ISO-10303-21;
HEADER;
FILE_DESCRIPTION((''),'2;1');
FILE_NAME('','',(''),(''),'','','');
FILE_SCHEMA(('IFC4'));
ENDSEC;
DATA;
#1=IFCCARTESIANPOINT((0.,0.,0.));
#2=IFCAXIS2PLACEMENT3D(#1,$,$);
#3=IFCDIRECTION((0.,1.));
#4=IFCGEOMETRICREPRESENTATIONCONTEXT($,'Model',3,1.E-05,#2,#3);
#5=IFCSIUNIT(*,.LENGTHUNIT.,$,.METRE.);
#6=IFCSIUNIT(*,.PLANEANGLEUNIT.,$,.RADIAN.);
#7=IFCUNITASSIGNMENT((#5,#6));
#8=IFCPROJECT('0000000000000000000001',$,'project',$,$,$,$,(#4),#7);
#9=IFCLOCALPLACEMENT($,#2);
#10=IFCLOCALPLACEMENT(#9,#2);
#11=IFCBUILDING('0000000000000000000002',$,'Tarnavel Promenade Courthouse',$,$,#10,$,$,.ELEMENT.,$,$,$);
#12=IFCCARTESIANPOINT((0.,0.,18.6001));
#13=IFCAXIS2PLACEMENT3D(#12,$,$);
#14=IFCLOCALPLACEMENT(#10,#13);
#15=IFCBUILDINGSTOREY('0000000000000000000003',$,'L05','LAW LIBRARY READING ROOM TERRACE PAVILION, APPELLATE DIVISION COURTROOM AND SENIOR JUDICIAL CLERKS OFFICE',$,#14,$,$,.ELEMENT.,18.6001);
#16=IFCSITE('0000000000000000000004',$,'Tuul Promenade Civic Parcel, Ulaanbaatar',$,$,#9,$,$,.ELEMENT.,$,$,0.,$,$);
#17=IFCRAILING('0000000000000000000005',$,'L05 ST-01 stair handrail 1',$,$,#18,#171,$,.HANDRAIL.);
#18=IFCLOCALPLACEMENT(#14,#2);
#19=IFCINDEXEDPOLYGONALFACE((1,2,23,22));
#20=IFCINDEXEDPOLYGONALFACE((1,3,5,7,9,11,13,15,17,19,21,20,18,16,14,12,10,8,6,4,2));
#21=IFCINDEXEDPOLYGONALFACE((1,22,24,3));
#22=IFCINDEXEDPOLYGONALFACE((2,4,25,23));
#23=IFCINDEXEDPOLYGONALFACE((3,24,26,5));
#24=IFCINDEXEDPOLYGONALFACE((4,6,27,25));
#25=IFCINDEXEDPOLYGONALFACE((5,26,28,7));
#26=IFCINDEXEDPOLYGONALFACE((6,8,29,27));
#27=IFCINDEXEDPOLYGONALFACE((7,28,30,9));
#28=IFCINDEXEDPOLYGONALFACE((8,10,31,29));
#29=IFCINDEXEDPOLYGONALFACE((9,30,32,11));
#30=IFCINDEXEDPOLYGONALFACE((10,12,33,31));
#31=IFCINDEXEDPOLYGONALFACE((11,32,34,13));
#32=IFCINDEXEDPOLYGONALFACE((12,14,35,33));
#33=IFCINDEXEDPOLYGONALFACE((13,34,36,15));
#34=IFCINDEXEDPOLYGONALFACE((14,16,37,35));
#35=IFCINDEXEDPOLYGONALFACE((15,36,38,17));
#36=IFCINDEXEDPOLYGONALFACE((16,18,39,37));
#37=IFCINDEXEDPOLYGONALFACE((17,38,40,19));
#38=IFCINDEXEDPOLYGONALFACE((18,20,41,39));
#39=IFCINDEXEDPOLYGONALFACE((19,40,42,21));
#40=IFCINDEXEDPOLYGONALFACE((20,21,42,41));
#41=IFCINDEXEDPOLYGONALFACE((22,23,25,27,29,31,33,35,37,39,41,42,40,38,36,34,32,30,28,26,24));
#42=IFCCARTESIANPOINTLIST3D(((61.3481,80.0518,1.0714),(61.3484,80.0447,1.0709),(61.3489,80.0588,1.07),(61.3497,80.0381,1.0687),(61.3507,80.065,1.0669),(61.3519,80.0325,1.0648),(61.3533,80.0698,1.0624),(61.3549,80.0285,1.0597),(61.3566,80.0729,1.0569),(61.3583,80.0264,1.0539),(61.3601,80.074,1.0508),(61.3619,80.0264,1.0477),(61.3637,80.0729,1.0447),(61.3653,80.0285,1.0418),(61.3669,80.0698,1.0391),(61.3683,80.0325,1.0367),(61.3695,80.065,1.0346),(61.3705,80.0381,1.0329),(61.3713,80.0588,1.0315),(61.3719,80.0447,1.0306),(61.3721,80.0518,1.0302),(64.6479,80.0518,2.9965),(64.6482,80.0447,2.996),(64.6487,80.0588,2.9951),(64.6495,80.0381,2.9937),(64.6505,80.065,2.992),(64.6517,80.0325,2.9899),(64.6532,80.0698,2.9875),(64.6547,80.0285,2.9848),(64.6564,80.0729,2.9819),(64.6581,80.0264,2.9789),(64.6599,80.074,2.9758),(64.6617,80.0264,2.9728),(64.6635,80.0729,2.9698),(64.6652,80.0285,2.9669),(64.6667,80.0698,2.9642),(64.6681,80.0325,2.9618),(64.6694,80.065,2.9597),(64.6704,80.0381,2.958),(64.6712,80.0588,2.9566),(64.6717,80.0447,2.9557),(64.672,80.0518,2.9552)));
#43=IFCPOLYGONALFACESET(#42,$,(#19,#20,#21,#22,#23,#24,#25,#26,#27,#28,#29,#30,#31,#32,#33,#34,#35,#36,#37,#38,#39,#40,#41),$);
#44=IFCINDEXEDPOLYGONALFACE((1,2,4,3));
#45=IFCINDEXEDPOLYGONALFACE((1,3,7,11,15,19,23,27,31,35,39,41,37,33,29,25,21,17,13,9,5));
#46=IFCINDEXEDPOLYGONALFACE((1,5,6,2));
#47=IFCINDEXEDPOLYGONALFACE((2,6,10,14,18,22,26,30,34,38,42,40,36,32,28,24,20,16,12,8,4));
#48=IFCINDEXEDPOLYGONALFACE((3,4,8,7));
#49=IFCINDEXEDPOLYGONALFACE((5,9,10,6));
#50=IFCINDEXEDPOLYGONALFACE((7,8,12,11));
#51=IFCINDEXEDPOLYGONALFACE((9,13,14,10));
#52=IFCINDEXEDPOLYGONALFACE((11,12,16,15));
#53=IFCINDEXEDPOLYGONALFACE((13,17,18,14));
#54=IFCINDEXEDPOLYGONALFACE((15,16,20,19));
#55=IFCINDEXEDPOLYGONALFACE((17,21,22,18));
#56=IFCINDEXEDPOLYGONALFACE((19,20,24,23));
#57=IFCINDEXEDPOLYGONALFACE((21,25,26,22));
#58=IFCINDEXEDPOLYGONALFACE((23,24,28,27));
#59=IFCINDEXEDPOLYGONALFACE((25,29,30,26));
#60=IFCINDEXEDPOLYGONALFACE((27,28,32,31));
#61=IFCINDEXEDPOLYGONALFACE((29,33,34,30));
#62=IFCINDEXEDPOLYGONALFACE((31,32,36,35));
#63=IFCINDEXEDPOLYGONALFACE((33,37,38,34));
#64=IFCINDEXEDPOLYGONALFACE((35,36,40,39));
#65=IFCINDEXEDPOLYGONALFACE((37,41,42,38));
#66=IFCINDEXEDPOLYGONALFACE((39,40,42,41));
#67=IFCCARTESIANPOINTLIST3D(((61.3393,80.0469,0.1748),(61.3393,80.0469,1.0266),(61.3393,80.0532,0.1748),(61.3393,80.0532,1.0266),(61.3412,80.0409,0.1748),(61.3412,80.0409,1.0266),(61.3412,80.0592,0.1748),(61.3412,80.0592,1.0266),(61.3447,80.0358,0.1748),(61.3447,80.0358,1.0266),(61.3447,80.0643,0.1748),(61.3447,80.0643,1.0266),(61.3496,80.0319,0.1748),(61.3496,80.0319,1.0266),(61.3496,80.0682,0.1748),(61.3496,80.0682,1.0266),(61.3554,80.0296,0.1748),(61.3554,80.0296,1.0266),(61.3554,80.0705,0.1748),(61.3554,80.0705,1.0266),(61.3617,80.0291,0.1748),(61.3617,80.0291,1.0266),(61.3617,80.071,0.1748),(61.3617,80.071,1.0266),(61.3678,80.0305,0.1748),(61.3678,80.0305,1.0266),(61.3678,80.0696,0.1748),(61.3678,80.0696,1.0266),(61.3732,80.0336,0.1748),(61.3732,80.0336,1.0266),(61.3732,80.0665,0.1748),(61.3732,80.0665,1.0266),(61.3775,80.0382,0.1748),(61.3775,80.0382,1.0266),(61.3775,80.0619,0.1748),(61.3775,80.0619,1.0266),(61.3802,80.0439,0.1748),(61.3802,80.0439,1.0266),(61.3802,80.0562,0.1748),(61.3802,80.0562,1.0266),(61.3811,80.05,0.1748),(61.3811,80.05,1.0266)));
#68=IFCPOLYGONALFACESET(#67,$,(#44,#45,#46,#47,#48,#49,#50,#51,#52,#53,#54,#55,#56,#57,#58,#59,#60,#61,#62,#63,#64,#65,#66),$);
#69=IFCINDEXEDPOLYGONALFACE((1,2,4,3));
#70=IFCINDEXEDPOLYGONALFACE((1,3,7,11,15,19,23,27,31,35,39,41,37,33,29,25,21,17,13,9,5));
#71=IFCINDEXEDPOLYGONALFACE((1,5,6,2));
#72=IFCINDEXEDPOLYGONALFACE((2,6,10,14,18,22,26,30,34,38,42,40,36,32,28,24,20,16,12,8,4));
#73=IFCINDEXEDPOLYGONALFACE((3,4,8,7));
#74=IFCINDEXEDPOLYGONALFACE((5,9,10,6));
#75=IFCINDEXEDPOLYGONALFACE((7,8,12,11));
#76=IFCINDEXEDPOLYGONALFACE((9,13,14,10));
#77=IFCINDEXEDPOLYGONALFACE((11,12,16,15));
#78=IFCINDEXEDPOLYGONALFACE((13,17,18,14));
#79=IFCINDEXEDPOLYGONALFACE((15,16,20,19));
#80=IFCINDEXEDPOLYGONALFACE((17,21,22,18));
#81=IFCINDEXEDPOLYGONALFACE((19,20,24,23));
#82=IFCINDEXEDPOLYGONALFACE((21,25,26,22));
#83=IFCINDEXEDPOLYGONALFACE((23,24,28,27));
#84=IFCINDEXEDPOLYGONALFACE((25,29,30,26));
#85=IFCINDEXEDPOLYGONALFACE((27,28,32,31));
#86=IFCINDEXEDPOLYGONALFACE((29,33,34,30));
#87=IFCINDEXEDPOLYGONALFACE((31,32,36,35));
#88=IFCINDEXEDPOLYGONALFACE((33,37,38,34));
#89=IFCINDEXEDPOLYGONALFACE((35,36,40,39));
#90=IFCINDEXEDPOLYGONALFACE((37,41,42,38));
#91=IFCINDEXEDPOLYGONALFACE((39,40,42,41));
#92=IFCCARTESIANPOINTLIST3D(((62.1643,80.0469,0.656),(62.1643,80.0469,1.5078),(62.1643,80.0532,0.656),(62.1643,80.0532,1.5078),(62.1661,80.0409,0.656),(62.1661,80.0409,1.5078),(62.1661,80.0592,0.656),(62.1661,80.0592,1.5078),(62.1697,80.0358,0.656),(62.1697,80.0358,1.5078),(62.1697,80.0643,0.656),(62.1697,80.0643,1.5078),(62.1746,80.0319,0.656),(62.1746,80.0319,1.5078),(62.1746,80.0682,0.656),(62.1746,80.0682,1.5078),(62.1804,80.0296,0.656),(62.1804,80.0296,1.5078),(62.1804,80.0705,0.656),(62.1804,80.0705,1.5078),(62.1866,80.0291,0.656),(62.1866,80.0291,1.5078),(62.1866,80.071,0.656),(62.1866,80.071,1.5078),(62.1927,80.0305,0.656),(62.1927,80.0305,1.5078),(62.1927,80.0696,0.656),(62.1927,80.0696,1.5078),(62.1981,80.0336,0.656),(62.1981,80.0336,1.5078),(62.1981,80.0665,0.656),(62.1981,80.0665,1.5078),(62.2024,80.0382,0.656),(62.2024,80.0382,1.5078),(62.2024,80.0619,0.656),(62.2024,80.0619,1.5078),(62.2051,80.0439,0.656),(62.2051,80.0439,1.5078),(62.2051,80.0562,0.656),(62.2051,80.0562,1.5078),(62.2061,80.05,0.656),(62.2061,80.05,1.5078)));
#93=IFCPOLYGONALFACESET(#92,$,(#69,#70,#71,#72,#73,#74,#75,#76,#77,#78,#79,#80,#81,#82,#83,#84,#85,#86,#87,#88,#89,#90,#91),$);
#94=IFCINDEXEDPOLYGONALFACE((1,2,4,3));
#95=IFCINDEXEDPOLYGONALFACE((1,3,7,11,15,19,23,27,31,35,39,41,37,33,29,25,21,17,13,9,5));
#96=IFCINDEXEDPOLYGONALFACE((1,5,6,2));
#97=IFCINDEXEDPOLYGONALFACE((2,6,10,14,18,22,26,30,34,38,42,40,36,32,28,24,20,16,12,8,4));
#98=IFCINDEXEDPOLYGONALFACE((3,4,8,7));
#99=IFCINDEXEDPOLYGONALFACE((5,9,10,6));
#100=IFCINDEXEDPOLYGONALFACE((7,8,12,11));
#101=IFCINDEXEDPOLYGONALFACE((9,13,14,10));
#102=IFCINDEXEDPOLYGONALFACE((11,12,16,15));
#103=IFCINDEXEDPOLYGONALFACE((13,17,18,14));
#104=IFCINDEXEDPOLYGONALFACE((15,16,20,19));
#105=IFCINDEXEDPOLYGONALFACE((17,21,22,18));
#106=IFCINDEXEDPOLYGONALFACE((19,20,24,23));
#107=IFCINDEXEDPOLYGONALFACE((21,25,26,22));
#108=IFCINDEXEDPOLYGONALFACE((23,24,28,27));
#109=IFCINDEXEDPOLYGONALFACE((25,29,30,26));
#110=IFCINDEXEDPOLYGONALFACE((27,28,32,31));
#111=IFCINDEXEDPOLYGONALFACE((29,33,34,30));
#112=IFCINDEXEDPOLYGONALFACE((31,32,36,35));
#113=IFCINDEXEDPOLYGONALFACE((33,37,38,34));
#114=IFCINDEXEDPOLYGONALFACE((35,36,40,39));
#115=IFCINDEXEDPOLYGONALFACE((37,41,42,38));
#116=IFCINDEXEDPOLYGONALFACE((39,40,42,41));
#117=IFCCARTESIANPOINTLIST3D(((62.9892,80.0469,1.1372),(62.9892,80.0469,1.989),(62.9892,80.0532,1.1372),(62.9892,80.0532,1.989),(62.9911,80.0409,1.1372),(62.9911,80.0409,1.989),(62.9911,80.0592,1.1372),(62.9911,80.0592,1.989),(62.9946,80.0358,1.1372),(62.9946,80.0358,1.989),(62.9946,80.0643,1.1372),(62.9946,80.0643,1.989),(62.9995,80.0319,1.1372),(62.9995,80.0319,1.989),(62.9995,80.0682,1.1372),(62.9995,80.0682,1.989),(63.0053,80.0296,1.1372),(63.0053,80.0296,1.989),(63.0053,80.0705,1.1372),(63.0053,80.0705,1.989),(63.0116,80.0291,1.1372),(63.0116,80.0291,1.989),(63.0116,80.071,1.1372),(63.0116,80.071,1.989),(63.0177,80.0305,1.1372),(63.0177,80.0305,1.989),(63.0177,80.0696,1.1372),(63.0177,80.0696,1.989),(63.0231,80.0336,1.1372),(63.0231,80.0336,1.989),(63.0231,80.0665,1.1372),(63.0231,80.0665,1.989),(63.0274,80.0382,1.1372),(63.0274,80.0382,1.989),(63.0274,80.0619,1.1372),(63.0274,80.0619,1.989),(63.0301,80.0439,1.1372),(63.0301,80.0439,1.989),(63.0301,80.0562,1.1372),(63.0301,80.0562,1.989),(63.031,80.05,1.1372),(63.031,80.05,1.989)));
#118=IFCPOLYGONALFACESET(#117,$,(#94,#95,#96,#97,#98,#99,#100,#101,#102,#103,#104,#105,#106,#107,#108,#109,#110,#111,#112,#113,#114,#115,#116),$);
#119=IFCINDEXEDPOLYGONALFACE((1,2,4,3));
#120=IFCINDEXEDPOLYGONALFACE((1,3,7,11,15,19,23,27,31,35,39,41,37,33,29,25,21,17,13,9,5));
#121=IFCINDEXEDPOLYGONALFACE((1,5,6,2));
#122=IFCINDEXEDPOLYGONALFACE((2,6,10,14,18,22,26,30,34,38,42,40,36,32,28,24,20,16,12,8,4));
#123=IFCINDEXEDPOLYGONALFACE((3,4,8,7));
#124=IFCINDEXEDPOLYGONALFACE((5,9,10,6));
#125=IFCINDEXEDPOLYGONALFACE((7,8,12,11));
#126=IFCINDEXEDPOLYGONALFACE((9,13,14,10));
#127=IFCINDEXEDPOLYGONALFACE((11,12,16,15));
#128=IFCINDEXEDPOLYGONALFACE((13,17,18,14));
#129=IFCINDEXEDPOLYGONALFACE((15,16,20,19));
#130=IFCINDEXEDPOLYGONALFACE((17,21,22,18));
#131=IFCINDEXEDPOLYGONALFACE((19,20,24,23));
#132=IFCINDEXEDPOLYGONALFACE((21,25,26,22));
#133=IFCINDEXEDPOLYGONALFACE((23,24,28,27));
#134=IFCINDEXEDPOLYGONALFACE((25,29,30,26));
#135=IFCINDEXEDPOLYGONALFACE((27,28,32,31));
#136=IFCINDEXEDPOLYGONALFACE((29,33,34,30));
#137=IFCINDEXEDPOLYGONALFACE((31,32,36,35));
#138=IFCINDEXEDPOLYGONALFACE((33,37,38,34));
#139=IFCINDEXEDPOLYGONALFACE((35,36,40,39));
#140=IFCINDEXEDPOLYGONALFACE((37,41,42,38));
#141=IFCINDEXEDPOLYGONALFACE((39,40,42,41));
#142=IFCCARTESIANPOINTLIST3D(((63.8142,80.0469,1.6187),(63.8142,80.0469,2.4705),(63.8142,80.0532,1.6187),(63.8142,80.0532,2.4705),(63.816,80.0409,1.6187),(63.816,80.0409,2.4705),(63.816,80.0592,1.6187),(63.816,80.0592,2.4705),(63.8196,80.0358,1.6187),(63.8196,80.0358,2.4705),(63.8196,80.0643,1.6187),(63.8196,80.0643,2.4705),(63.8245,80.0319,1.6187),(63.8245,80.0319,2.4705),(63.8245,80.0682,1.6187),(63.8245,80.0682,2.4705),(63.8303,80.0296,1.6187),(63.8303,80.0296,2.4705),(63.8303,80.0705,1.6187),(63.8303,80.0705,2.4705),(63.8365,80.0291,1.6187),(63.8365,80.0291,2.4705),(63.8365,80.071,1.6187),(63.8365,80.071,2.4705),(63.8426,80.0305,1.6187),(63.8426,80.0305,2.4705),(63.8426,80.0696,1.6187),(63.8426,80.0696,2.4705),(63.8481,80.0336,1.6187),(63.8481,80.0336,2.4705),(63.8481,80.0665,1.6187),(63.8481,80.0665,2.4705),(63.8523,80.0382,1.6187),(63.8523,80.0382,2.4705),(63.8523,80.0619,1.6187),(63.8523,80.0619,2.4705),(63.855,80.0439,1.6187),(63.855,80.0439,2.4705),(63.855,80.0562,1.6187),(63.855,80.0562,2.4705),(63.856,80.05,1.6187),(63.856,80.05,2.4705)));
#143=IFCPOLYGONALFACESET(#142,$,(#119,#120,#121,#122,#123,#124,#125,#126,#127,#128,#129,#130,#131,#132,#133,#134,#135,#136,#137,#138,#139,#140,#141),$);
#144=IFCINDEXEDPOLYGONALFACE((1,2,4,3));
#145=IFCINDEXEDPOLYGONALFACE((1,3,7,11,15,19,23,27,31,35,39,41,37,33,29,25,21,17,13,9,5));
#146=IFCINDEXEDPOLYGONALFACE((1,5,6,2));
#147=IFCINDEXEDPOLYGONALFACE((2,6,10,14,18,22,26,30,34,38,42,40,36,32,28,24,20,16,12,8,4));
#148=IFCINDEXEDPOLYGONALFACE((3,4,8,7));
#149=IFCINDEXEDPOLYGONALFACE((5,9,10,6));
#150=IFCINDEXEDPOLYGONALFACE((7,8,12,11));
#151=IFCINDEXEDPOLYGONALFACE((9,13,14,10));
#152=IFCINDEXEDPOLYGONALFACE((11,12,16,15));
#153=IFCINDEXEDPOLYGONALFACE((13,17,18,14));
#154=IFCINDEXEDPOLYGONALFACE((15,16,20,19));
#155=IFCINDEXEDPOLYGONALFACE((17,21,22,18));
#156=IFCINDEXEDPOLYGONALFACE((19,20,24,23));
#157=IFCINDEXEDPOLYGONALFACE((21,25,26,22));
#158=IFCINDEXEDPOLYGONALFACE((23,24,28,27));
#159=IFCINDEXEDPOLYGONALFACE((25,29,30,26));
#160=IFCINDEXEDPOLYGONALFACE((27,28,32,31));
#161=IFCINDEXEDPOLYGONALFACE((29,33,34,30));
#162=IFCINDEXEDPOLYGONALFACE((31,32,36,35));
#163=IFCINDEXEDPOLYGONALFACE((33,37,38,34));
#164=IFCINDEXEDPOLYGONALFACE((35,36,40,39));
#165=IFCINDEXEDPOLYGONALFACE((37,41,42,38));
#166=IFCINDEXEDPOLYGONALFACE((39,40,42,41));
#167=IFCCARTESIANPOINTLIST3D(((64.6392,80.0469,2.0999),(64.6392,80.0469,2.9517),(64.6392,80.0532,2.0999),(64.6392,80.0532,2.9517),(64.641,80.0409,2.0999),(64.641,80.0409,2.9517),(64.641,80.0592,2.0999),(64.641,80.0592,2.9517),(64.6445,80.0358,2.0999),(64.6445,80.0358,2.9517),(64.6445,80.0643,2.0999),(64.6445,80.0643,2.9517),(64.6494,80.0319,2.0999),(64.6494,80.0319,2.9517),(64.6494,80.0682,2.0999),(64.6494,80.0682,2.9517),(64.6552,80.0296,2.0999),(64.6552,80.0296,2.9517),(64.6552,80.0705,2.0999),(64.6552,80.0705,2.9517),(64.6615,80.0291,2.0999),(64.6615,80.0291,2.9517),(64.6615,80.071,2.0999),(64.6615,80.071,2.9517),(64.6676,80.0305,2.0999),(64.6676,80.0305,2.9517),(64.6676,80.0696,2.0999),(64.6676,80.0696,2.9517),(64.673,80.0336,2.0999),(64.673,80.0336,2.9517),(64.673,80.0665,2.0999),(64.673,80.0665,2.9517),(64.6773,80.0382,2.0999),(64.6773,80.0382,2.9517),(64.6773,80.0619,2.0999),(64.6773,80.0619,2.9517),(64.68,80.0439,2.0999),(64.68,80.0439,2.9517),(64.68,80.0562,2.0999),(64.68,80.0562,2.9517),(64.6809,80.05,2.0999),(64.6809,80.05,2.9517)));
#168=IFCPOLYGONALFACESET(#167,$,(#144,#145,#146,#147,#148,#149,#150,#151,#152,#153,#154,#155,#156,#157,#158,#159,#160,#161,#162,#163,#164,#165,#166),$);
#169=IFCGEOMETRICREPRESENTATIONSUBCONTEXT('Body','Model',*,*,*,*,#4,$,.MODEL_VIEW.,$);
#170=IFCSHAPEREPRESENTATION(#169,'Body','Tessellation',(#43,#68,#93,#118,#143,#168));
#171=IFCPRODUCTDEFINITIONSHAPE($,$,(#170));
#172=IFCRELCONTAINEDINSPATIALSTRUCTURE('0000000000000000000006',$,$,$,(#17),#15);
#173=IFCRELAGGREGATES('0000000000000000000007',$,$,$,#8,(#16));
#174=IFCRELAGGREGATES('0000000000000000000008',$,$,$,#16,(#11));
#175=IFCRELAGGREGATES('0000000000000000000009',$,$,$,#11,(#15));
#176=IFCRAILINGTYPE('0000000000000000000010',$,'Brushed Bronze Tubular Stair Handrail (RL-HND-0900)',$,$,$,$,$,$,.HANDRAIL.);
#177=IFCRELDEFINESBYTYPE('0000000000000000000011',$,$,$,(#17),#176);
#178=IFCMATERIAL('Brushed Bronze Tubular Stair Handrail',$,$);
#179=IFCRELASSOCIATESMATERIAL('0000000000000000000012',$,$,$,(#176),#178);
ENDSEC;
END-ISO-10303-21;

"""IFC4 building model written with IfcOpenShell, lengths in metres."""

from ifc_helpers import new_model, si_unit, direction, frame, origin, origin_2d, place, context, subcontext, project, spatial, circle, extrude, material, type_object, element, save


model = new_model("IFC4")

# Units and contexts
model_context = context("Model", 3, precision=1e-05, world=origin(), true_north=direction((0.0, 1.0)))
body_context = subcontext(model_context, "Body", "Model", "MODEL_VIEW")
ifc_project = project(units=[si_unit("LENGTHUNIT", "METRE"), si_unit("PLANEANGLEUNIT", "RADIAN")], contexts=[model_context])

# Site, building, storey
site_placement = place(None, origin())
site = spatial("IfcSite", under=ifc_project, at=site_placement, Name="Tuul Promenade Civic Parcel, Ulaanbaatar", CompositionType="ELEMENT", RefElevation=0.0)
building_placement = place(site_placement, origin())
building = spatial("IfcBuilding", under=site, at=building_placement, Name="Tarnavel Promenade Courthouse", CompositionType="ELEMENT")
storey_placement = place(building_placement, frame((0.0, 0.0, 18.6001)))
storey = spatial("IfcBuildingStorey", under=building, at=storey_placement, Name="L05", Description="LAW LIBRARY READING ROOM TERRACE PAVILION, APPELLATE DIVISION COURTROOM AND SENIOR JUDICIAL CLERKS OFFICE", CompositionType="ELEMENT", Elevation=18.6001)

# Railing
ifc_material_1 = material(Name="Brushed Bronze Tubular Stair Handrail")
railing_type_1 = type_object("IfcRailingType", Name="Brushed Bronze Tubular Stair Handrail (RL-HND-0900)", PredefinedType="HANDRAIL", material=ifc_material_1)
railing_1_placement = place(storey_placement, frame((61.3601, 80.05, 0.1748)))
element("IfcRailing", 1, at=railing_1_placement, inside=storey, type_object=railing_type_1, Name="L05 ST-01 stair handrail 1", PredefinedType="HANDRAIL", context=body_context, shape_type="SweptSolid", body=[
    extrude(circle(Radius=0.0239, at=origin_2d()), frame((0.0, 0.0, 0.876), z_axis=(0.86376, 0.0, 0.503903), x_axis=(0.0, 1.0, 0.0)), (0.0, 0.0, 1.0), 3.8203),
    extrude(circle(Radius=0.021, at=origin_2d()), origin(), (0.0, 0.0, 1.0), 0.8518),
    extrude(circle(Radius=0.021, at=origin_2d()), frame((0.825, 0.0, 0.4812)), (0.0, 0.0, 1.0), 0.8518),
    extrude(circle(Radius=0.021, at=origin_2d()), frame((1.6499, 0.0, 0.9624)), (0.0, 0.0, 1.0), 0.8518),
    extrude(circle(Radius=0.021, at=origin_2d()), frame((2.4749, 0.0, 1.4438)), (0.0, 0.0, 1.0), 0.8518),
    extrude(circle(Radius=0.021, at=origin_2d()), frame((3.2998, 0.0, 1.925)), (0.0, 0.0, 1.0), 0.8518),
])

save(model, "model.ifc")
